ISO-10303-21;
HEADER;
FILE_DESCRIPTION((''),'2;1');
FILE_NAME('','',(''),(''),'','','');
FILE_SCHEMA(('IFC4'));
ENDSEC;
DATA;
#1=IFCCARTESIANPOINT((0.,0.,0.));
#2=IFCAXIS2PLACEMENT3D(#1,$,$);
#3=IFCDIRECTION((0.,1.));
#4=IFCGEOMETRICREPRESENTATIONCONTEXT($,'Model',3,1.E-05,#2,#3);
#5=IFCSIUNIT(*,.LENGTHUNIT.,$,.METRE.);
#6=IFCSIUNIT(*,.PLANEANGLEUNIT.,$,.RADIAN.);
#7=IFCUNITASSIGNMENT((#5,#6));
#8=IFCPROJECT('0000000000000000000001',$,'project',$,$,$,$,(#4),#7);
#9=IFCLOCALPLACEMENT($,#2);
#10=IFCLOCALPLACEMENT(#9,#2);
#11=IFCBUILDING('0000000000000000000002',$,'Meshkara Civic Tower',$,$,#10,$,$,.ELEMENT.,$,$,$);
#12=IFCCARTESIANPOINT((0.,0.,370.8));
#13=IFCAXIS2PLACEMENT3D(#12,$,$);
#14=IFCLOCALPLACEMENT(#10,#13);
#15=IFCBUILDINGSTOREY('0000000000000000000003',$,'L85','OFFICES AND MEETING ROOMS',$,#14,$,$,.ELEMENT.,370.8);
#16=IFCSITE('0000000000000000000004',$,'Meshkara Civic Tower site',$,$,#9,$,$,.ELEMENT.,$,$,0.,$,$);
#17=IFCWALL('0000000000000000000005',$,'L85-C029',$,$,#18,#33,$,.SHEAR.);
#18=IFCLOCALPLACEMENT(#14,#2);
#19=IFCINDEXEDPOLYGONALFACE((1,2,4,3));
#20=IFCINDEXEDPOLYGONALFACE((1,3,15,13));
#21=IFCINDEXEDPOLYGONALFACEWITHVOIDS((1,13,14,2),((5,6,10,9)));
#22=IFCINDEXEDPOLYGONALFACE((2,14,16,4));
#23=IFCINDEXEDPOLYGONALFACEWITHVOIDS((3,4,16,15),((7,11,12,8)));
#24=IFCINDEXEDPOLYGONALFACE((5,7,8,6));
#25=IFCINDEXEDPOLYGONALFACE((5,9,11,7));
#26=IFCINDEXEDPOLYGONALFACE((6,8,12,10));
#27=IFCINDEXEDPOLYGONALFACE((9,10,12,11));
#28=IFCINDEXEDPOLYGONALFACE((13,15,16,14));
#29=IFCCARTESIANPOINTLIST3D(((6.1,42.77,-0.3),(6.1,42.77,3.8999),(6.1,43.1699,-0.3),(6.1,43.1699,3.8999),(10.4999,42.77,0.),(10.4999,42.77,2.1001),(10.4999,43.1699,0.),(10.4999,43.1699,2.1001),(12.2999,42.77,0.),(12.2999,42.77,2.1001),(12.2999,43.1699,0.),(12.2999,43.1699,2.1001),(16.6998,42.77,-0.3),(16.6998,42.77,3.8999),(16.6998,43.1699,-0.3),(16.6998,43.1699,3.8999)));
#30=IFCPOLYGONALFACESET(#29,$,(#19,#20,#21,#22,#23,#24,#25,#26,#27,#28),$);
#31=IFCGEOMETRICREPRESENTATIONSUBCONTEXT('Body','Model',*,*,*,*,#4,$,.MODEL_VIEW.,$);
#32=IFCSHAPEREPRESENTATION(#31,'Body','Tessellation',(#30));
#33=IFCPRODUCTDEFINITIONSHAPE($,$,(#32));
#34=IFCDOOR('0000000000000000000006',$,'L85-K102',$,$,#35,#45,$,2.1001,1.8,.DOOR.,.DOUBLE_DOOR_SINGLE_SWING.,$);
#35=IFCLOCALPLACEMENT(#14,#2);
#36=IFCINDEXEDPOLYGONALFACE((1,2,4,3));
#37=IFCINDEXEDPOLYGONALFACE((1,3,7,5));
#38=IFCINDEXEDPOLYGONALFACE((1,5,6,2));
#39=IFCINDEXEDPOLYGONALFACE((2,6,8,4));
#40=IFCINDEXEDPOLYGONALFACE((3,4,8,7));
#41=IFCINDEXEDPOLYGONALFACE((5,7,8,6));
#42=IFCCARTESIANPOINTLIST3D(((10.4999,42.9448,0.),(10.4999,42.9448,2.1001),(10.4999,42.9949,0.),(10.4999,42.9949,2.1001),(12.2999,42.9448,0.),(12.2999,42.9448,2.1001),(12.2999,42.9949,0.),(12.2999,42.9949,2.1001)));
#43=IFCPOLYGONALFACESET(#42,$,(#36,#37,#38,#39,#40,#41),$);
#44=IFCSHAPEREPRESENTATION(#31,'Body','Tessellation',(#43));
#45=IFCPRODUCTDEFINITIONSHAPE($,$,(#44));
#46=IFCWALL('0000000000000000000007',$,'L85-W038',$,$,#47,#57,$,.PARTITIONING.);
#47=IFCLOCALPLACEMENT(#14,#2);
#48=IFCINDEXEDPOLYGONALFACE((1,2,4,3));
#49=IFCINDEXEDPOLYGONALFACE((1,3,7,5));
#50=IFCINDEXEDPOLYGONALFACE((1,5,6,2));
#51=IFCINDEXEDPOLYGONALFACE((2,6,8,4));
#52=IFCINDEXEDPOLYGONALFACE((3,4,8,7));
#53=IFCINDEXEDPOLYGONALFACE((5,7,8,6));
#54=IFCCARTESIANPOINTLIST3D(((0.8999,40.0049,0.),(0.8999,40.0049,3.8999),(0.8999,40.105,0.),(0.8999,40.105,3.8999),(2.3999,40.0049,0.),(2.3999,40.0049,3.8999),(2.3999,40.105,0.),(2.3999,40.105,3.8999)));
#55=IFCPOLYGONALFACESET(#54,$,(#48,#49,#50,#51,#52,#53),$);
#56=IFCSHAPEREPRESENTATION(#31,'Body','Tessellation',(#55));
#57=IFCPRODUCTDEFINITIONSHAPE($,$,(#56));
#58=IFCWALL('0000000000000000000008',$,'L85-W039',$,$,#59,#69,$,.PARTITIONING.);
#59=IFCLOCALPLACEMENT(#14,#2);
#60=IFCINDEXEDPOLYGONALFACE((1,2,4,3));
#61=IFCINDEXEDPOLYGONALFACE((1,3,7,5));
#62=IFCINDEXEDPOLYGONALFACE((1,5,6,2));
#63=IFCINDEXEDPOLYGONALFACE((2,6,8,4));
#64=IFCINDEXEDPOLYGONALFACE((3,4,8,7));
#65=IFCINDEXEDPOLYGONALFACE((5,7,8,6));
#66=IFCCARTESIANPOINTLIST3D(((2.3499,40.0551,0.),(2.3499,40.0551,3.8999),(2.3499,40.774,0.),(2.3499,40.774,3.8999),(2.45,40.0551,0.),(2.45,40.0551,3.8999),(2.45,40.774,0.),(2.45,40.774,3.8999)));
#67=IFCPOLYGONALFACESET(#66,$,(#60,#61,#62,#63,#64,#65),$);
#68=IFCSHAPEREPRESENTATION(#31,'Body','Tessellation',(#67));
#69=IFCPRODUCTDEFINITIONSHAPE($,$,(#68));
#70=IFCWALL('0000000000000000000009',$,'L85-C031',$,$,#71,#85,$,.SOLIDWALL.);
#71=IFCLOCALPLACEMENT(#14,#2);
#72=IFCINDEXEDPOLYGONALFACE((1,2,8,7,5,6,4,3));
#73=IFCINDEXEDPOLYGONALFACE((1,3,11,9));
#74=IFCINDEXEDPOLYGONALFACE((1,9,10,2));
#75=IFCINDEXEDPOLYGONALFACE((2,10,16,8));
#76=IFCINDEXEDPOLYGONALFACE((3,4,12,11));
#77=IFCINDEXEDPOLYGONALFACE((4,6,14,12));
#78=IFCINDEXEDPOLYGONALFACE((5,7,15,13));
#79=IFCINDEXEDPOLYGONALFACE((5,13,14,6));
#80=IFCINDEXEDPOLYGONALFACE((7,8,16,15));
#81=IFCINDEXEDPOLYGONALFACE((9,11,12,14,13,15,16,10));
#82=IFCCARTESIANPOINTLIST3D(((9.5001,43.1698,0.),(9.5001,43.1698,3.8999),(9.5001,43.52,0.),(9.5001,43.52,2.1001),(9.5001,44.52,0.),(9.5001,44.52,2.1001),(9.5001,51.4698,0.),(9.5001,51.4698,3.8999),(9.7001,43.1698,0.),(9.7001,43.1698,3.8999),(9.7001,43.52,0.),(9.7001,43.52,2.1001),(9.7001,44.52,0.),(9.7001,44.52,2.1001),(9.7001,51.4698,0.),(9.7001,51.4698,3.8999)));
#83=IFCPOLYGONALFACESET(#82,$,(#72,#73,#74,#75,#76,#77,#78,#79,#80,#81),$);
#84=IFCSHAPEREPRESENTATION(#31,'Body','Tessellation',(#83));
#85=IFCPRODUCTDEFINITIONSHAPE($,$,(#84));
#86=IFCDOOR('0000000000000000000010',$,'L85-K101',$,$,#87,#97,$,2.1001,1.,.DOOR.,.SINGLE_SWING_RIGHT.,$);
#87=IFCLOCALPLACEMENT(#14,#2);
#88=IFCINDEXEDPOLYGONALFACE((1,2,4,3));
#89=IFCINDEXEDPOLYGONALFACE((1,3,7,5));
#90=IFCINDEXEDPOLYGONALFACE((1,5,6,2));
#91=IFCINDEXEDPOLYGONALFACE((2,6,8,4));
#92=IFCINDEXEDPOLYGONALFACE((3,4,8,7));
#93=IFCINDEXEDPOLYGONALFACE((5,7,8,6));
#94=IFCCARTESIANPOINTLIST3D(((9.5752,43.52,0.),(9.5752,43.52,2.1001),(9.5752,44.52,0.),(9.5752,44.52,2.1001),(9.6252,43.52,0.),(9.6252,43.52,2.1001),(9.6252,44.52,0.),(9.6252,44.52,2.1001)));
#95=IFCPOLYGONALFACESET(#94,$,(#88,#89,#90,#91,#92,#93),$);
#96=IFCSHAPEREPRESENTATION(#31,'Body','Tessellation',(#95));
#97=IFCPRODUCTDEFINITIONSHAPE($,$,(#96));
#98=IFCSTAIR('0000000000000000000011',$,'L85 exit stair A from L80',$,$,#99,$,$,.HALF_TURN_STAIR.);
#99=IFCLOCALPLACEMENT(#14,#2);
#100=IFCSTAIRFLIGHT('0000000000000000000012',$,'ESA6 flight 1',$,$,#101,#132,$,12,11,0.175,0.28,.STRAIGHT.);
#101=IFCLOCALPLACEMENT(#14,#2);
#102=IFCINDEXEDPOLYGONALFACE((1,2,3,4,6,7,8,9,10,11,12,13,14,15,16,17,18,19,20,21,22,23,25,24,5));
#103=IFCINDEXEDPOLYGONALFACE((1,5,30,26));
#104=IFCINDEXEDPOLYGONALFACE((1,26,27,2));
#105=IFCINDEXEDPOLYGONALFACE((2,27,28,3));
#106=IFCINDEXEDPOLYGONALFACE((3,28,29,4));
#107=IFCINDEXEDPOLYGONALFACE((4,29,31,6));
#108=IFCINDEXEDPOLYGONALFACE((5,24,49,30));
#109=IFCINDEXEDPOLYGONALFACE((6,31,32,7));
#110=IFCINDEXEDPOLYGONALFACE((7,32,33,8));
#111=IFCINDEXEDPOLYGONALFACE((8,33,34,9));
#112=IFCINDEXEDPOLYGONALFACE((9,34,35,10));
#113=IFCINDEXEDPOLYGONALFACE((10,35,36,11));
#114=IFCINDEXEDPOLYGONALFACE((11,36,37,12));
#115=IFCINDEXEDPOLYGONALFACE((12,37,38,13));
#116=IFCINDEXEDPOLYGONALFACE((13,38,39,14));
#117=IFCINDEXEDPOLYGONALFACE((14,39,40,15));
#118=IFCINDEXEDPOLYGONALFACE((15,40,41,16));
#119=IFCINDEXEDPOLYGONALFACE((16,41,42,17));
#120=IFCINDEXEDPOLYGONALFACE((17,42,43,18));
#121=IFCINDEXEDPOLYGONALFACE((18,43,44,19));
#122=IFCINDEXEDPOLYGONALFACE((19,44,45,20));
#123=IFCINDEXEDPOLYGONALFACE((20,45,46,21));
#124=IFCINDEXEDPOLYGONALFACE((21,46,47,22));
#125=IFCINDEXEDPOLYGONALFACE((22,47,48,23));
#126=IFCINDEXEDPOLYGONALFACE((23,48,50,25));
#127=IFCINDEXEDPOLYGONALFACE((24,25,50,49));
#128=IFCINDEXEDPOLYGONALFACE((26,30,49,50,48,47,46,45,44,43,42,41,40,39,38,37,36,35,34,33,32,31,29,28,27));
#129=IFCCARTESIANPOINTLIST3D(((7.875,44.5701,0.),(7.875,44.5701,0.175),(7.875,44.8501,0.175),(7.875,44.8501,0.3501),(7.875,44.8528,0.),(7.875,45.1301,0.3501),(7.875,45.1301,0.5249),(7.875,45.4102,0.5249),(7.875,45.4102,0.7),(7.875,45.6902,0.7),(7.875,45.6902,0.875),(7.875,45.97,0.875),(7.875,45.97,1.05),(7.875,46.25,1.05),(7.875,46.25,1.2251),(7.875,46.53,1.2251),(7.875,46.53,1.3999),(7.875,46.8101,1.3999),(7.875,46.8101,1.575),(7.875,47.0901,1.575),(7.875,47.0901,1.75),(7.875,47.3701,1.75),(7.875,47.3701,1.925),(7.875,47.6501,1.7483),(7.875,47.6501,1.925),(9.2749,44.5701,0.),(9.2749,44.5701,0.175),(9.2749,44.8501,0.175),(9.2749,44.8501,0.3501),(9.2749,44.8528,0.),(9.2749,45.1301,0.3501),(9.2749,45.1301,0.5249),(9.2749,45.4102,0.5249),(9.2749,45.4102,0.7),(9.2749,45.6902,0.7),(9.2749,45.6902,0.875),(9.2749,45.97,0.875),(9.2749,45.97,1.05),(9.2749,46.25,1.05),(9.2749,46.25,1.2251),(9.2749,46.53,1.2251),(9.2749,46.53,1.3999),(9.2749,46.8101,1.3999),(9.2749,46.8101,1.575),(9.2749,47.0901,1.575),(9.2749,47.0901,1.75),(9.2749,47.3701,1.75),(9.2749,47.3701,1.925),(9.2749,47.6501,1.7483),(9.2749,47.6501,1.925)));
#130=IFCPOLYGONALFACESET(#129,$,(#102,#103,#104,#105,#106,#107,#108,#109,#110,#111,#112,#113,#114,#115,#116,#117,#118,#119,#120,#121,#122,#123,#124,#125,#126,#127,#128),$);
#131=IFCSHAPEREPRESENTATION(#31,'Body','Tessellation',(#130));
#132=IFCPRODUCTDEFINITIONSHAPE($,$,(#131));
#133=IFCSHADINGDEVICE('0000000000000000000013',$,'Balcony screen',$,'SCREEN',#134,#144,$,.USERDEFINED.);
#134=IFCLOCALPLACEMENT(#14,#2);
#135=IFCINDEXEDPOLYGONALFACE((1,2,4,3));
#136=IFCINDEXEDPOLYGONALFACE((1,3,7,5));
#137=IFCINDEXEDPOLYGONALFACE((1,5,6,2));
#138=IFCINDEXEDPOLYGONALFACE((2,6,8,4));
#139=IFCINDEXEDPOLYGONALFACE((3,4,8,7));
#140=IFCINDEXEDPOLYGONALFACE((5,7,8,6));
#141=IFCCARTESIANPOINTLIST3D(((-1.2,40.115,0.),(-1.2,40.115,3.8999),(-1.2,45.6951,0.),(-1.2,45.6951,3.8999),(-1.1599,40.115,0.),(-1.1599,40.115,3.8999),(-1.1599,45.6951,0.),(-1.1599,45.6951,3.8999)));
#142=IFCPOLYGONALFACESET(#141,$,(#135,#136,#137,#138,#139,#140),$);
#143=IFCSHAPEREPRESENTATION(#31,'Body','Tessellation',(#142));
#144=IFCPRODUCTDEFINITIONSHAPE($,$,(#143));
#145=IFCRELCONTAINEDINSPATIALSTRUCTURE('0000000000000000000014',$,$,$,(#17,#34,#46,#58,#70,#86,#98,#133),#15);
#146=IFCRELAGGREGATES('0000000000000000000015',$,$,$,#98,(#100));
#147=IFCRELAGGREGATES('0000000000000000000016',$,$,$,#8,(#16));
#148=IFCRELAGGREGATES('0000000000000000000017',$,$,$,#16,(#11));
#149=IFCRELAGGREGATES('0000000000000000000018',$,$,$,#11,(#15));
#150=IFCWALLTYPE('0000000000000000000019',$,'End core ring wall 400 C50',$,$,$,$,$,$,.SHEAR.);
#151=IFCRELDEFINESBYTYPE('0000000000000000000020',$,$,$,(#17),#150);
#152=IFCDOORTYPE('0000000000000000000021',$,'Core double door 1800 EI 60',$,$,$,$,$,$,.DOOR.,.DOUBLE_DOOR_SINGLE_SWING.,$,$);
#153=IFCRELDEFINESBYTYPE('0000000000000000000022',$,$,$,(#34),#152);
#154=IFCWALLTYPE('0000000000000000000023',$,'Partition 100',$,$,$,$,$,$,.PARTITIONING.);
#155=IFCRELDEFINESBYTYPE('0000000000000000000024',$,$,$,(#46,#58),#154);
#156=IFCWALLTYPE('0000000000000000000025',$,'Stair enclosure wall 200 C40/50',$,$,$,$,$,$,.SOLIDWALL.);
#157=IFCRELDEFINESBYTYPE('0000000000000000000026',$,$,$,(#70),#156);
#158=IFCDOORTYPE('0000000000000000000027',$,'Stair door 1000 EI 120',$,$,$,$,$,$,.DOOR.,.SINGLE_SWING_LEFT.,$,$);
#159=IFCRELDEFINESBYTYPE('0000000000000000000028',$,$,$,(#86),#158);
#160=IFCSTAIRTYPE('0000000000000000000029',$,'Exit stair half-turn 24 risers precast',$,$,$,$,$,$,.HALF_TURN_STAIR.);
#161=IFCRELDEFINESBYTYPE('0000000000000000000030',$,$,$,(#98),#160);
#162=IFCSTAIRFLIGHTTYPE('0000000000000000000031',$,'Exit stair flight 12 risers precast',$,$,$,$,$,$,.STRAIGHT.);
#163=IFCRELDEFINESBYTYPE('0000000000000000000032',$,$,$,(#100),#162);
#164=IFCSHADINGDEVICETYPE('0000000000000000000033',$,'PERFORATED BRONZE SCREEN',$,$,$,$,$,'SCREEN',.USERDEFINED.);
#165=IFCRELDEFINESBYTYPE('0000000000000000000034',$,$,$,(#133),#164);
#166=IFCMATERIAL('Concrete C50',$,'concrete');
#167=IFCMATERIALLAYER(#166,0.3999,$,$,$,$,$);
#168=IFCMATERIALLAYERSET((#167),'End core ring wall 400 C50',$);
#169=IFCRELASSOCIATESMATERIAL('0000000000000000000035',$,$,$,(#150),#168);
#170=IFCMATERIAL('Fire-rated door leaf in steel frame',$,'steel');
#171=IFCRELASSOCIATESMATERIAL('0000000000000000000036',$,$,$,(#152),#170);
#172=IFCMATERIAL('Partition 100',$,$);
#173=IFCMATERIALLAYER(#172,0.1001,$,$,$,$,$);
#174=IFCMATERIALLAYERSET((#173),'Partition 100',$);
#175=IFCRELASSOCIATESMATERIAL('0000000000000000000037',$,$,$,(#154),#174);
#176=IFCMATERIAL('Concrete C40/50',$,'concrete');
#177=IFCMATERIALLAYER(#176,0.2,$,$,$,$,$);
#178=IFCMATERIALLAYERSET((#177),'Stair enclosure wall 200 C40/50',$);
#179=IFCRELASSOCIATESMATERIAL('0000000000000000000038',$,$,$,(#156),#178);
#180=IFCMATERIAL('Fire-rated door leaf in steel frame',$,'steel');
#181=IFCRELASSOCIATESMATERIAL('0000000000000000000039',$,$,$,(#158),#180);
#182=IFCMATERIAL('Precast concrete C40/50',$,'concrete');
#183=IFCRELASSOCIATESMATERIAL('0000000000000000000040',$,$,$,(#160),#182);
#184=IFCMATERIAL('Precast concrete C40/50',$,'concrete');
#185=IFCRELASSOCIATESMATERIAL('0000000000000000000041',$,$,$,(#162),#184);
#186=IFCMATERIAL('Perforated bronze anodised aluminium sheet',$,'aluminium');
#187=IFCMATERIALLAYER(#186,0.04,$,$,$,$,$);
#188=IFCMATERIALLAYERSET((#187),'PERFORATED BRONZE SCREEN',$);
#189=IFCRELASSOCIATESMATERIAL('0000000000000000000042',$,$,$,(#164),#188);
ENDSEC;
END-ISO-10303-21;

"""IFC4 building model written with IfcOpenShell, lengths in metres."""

from ifc_helpers import new_model, si_unit, direction, frame, frame_2d, origin, origin_2d, place, context, subcontext, project, spatial, polyline, rectangle, outline, extrude, material, layer, layer_set, type_object, element, fill, aggregate, save


model = new_model("IFC4")

# Units and contexts
model_context = context("Model", 3, precision=1e-05, world=origin(), true_north=direction((0.0, 1.0)))
body_context = subcontext(model_context, "Body", "Model", "MODEL_VIEW")
ifc_project = project(units=[si_unit("LENGTHUNIT", "METRE"), si_unit("PLANEANGLEUNIT", "RADIAN")], contexts=[model_context])

# Site, building, storey
site_placement = place(None, origin())
site = spatial("IfcSite", under=ifc_project, at=site_placement, Name="Meshkara Civic Tower site", CompositionType="ELEMENT", RefElevation=0.0)
building_placement = place(site_placement, origin())
building = spatial("IfcBuilding", under=site, at=building_placement, Name="Meshkara Civic Tower", CompositionType="ELEMENT")
storey_placement = place(building_placement, frame((0.0, 0.0, 370.8)))
storey = spatial("IfcBuildingStorey", under=building, at=storey_placement, Name="L85", Description="OFFICES AND MEETING ROOMS", CompositionType="ELEMENT", Elevation=370.8)

# Shared definitions
ifc_material_1 = material(Name="Concrete C50", Category="concrete")
ifc_layer_1 = layer(ifc_material_1, 0.3999)
ifc_layer_set_1 = layer_set([ifc_layer_1], Name="End core ring wall 400 C50")
wall_type_1 = type_object("IfcWallType", Name="End core ring wall 400 C50", PredefinedType="SHEAR", material=ifc_layer_set_1)

# Wall, opening, door
wall_1_placement = place(storey_placement, frame((6.1001, 42.97, -0.3), z_axis=(0.0, 0.0, 1.0), x_axis=(1.0, 0.0, 0.0)))
wall_1 = element("IfcWall", 1, at=wall_1_placement, inside=storey, type_object=wall_type_1, Name="L85-C029", PredefinedType="SHEAR", context=body_context, shape_type="SweptSolid", body=[
    extrude(rectangle(XDim=10.5999, YDim=0.3999, at=frame_2d((5.2998, 0.0))), origin(), (0.0, 0.0, 1.0), 4.2),
])
opening_1_placement = place(wall_1_placement, frame((4.3999, 0.0, 0.3)))
opening_1 = element("IfcOpeningElement", 2, at=opening_1_placement, cuts=wall_1, PredefinedType="OPENING", context=body_context, shape_type="SweptSolid", body=[
    extrude(rectangle(XDim=1.8, YDim=2.1001, at=frame_2d((0.8999, 1.05))), frame((0.0, 0.21, 0.0), z_axis=(0.0, -1.0, 0.0), x_axis=(1.0, 0.0, 0.0)), (0.0, 0.0, 1.0), 0.4199),
])
ifc_material_2 = material(Name="Fire-rated door leaf in steel frame", Category="steel")
door_type_1 = type_object("IfcDoorType", Name="Core double door 1800 EI 60", OperationType="DOUBLE_DOOR_SINGLE_SWING", PredefinedType="DOOR", material=ifc_material_2)
door_1_placement = place(opening_1_placement, origin())
door_1 = element("IfcDoor", 3, at=door_1_placement, inside=storey, type_object=door_type_1, Name="L85-K102", OperationType="DOUBLE_DOOR_SINGLE_SWING", OverallHeight=2.1001, OverallWidth=1.8, PredefinedType="DOOR", context=body_context, shape_type="SweptSolid", body=[
    extrude(rectangle(XDim=1.8, YDim=2.1001, at=frame_2d((0.8999, 1.05))), frame((0.0, 0.0249, 0.0), z_axis=(0.0, -1.0, 0.0), x_axis=(1.0, 0.0, 0.0)), (0.0, 0.0, 1.0), 0.05),
])
fill(opening_1, door_1)

# Walls
ifc_material_3 = material(Name="Partition 100")
ifc_layer_2 = layer(ifc_material_3, 0.1001)
ifc_layer_set_2 = layer_set([ifc_layer_2], Name="Partition 100")
wall_type_2 = type_object("IfcWallType", Name="Partition 100", PredefinedType="PARTITIONING", material=ifc_layer_set_2)
wall_2_placement = place(storey_placement, frame((2.3999, 40.0549, 0.0), z_axis=(0.0, 0.0, 1.0), x_axis=(-1.0, 0.0, 0.0)))
element("IfcWall", 4, at=wall_2_placement, inside=storey, type_object=wall_type_2, Name="L85-W038", PredefinedType="PARTITIONING", context=body_context, shape_type="SweptSolid", body=[
    extrude(rectangle(XDim=1.5, YDim=0.1001, at=frame_2d((0.75, 0.0))), origin(), (0.0, 0.0, 1.0), 3.8999),
])
wall_3_placement = place(storey_placement, frame((2.3999, 40.7739, 0.0), z_axis=(0.0, 0.0, 1.0), x_axis=(0.0, -1.0, 0.0)))
element("IfcWall", 5, at=wall_3_placement, inside=storey, type_object=wall_type_2, Name="L85-W039", PredefinedType="PARTITIONING", context=body_context, shape_type="SweptSolid", body=[
    extrude(rectangle(XDim=0.719, YDim=0.1001, at=frame_2d((0.3594, 0.0))), origin(), (0.0, 0.0, 1.0), 3.8999),
])

# Wall, opening, door
ifc_material_4 = material(Name="Concrete C40/50", Category="concrete")
ifc_layer_3 = layer(ifc_material_4, 0.2)
ifc_layer_set_3 = layer_set([ifc_layer_3], Name="Stair enclosure wall 200 C40/50")
wall_type_3 = type_object("IfcWallType", Name="Stair enclosure wall 200 C40/50", PredefinedType="SOLIDWALL", material=ifc_layer_set_3)
wall_4_placement = place(storey_placement, frame((9.6001, 43.1699, 0.0), z_axis=(0.0, 0.0, 1.0), x_axis=(0.0, 1.0, 0.0)))
wall_4 = element("IfcWall", 6, at=wall_4_placement, inside=storey, type_object=wall_type_3, Name="L85-C031", PredefinedType="SOLIDWALL", context=body_context, shape_type="SweptSolid", body=[
    extrude(rectangle(XDim=8.3, YDim=0.2, at=frame_2d((4.1499, 0.0))), origin(), (0.0, 0.0, 1.0), 3.8999),
])
opening_2_placement = place(wall_4_placement, frame((0.3501, 0.0, 0.0)))
opening_2 = element("IfcOpeningElement", 7, at=opening_2_placement, cuts=wall_4, PredefinedType="OPENING", context=body_context, shape_type="SweptSolid", body=[
    extrude(rectangle(XDim=1.0, YDim=2.1001, at=frame_2d((0.5, 1.05))), frame((0.0, 0.1099, 0.0), z_axis=(0.0, -1.0, 0.0), x_axis=(1.0, 0.0, 0.0)), (0.0, 0.0, 1.0), 0.22),
])
ifc_material_5 = material(Name="Fire-rated door leaf in steel frame", Category="steel")
door_type_2 = type_object("IfcDoorType", Name="Stair door 1000 EI 120", OperationType="SINGLE_SWING_LEFT", PredefinedType="DOOR", material=ifc_material_5)
door_2_placement = place(opening_2_placement, origin())
door_2 = element("IfcDoor", 8, at=door_2_placement, inside=storey, type_object=door_type_2, Name="L85-K101", OperationType="SINGLE_SWING_RIGHT", OverallHeight=2.1001, OverallWidth=1.0, PredefinedType="DOOR", context=body_context, shape_type="SweptSolid", body=[
    extrude(rectangle(XDim=1.0, YDim=2.1001, at=frame_2d((0.5, 1.05))), frame((0.0, 0.0249, 0.0), z_axis=(0.0, -1.0, 0.0), x_axis=(1.0, 0.0, 0.0)), (0.0, 0.0, 1.0), 0.05),
])
fill(opening_2, door_2)

# Stair, stair flight
ifc_material_6 = material(Name="Precast concrete C40/50", Category="concrete")
stair_type = type_object("IfcStairType", Name="Exit stair half-turn 24 risers precast", PredefinedType="HALF_TURN_STAIR", material=ifc_material_6)
stair_placement = place(storey_placement, origin())
stair = element("IfcStair", 9, at=stair_placement, inside=storey, type_object=stair_type, Name="L85 exit stair A from L80", PredefinedType="HALF_TURN_STAIR")
ifc_material_7 = material(Name="Precast concrete C40/50", Category="concrete")
stair_flight_type = type_object("IfcStairFlightType", Name="Exit stair flight 12 risers precast", PredefinedType="STRAIGHT", material=ifc_material_7)
stair_flight_placement = place(storey_placement, frame((8.575, 44.5701, 0.0), z_axis=(0.0, 0.0, 1.0), x_axis=(0.0, 1.0, 0.0)))
stair_flight = element("IfcStairFlight", 10, at=stair_flight_placement, type_object=stair_flight_type, Name="ESA6 flight 1", NumberOfRisers=12, NumberOfTreads=11, PredefinedType="STRAIGHT", RiserHeight=0.175, TreadLength=0.28, context=body_context, shape_type="SweptSolid", body=[
    extrude(outline(polyline([(0.0, 0.0), (0.0, 0.175), (0.28, 0.175), (0.28, 0.3501), (0.5601, 0.3501), (0.5601, 0.5249), (0.8401, 0.5249), (0.8401, 0.7), (1.1201, 0.7), (1.1201, 0.875), (1.3999, 0.875), (1.3999, 1.05), (1.6799, 1.05), (1.6799, 1.2251), (1.96, 1.2251), (1.96, 1.3999), (2.24, 1.3999), (2.24, 1.575), (2.52, 1.575), (2.52, 1.75), (2.8, 1.75), (2.8, 1.925), (3.0801, 1.925), (3.0801, 2.1001), (3.0801, 1.7483), (0.2827, 0.0), (0.0, 0.0)])), frame((0.0, 0.7, 0.0), z_axis=(0.0, -1.0, 0.0), x_axis=(1.0, 0.0, 0.0)), (0.0, 0.0, 1.0), 1.3999),
])
aggregate(stair, [stair_flight])

# Shading device
ifc_material_8 = material(Name="Perforated bronze anodised aluminium sheet", Category="aluminium")
ifc_layer_4 = layer(ifc_material_8, 0.04)
ifc_layer_set_4 = layer_set([ifc_layer_4], Name="PERFORATED BRONZE SCREEN")
shading_device_type = type_object("IfcShadingDeviceType", Name="PERFORATED BRONZE SCREEN", ElementType="SCREEN", PredefinedType="USERDEFINED", material=ifc_layer_set_4)
shading_device_placement = place(storey_placement, frame((-1.1799, 42.905, 0.0), z_axis=(0.0, 0.0, 1.0), x_axis=(0.0, -1.0, 0.0)))
element("IfcShadingDevice", 11, at=shading_device_placement, inside=storey, type_object=shading_device_type, Name="Balcony screen", ObjectType="SCREEN", PredefinedType="USERDEFINED", context=body_context, shape_type="SweptSolid", body=[
    extrude(rectangle(XDim=5.5801, YDim=0.04, at=origin_2d()), origin(), (0.0, 0.0, 1.0), 3.8999),
])

save(model, "model.ifc")
